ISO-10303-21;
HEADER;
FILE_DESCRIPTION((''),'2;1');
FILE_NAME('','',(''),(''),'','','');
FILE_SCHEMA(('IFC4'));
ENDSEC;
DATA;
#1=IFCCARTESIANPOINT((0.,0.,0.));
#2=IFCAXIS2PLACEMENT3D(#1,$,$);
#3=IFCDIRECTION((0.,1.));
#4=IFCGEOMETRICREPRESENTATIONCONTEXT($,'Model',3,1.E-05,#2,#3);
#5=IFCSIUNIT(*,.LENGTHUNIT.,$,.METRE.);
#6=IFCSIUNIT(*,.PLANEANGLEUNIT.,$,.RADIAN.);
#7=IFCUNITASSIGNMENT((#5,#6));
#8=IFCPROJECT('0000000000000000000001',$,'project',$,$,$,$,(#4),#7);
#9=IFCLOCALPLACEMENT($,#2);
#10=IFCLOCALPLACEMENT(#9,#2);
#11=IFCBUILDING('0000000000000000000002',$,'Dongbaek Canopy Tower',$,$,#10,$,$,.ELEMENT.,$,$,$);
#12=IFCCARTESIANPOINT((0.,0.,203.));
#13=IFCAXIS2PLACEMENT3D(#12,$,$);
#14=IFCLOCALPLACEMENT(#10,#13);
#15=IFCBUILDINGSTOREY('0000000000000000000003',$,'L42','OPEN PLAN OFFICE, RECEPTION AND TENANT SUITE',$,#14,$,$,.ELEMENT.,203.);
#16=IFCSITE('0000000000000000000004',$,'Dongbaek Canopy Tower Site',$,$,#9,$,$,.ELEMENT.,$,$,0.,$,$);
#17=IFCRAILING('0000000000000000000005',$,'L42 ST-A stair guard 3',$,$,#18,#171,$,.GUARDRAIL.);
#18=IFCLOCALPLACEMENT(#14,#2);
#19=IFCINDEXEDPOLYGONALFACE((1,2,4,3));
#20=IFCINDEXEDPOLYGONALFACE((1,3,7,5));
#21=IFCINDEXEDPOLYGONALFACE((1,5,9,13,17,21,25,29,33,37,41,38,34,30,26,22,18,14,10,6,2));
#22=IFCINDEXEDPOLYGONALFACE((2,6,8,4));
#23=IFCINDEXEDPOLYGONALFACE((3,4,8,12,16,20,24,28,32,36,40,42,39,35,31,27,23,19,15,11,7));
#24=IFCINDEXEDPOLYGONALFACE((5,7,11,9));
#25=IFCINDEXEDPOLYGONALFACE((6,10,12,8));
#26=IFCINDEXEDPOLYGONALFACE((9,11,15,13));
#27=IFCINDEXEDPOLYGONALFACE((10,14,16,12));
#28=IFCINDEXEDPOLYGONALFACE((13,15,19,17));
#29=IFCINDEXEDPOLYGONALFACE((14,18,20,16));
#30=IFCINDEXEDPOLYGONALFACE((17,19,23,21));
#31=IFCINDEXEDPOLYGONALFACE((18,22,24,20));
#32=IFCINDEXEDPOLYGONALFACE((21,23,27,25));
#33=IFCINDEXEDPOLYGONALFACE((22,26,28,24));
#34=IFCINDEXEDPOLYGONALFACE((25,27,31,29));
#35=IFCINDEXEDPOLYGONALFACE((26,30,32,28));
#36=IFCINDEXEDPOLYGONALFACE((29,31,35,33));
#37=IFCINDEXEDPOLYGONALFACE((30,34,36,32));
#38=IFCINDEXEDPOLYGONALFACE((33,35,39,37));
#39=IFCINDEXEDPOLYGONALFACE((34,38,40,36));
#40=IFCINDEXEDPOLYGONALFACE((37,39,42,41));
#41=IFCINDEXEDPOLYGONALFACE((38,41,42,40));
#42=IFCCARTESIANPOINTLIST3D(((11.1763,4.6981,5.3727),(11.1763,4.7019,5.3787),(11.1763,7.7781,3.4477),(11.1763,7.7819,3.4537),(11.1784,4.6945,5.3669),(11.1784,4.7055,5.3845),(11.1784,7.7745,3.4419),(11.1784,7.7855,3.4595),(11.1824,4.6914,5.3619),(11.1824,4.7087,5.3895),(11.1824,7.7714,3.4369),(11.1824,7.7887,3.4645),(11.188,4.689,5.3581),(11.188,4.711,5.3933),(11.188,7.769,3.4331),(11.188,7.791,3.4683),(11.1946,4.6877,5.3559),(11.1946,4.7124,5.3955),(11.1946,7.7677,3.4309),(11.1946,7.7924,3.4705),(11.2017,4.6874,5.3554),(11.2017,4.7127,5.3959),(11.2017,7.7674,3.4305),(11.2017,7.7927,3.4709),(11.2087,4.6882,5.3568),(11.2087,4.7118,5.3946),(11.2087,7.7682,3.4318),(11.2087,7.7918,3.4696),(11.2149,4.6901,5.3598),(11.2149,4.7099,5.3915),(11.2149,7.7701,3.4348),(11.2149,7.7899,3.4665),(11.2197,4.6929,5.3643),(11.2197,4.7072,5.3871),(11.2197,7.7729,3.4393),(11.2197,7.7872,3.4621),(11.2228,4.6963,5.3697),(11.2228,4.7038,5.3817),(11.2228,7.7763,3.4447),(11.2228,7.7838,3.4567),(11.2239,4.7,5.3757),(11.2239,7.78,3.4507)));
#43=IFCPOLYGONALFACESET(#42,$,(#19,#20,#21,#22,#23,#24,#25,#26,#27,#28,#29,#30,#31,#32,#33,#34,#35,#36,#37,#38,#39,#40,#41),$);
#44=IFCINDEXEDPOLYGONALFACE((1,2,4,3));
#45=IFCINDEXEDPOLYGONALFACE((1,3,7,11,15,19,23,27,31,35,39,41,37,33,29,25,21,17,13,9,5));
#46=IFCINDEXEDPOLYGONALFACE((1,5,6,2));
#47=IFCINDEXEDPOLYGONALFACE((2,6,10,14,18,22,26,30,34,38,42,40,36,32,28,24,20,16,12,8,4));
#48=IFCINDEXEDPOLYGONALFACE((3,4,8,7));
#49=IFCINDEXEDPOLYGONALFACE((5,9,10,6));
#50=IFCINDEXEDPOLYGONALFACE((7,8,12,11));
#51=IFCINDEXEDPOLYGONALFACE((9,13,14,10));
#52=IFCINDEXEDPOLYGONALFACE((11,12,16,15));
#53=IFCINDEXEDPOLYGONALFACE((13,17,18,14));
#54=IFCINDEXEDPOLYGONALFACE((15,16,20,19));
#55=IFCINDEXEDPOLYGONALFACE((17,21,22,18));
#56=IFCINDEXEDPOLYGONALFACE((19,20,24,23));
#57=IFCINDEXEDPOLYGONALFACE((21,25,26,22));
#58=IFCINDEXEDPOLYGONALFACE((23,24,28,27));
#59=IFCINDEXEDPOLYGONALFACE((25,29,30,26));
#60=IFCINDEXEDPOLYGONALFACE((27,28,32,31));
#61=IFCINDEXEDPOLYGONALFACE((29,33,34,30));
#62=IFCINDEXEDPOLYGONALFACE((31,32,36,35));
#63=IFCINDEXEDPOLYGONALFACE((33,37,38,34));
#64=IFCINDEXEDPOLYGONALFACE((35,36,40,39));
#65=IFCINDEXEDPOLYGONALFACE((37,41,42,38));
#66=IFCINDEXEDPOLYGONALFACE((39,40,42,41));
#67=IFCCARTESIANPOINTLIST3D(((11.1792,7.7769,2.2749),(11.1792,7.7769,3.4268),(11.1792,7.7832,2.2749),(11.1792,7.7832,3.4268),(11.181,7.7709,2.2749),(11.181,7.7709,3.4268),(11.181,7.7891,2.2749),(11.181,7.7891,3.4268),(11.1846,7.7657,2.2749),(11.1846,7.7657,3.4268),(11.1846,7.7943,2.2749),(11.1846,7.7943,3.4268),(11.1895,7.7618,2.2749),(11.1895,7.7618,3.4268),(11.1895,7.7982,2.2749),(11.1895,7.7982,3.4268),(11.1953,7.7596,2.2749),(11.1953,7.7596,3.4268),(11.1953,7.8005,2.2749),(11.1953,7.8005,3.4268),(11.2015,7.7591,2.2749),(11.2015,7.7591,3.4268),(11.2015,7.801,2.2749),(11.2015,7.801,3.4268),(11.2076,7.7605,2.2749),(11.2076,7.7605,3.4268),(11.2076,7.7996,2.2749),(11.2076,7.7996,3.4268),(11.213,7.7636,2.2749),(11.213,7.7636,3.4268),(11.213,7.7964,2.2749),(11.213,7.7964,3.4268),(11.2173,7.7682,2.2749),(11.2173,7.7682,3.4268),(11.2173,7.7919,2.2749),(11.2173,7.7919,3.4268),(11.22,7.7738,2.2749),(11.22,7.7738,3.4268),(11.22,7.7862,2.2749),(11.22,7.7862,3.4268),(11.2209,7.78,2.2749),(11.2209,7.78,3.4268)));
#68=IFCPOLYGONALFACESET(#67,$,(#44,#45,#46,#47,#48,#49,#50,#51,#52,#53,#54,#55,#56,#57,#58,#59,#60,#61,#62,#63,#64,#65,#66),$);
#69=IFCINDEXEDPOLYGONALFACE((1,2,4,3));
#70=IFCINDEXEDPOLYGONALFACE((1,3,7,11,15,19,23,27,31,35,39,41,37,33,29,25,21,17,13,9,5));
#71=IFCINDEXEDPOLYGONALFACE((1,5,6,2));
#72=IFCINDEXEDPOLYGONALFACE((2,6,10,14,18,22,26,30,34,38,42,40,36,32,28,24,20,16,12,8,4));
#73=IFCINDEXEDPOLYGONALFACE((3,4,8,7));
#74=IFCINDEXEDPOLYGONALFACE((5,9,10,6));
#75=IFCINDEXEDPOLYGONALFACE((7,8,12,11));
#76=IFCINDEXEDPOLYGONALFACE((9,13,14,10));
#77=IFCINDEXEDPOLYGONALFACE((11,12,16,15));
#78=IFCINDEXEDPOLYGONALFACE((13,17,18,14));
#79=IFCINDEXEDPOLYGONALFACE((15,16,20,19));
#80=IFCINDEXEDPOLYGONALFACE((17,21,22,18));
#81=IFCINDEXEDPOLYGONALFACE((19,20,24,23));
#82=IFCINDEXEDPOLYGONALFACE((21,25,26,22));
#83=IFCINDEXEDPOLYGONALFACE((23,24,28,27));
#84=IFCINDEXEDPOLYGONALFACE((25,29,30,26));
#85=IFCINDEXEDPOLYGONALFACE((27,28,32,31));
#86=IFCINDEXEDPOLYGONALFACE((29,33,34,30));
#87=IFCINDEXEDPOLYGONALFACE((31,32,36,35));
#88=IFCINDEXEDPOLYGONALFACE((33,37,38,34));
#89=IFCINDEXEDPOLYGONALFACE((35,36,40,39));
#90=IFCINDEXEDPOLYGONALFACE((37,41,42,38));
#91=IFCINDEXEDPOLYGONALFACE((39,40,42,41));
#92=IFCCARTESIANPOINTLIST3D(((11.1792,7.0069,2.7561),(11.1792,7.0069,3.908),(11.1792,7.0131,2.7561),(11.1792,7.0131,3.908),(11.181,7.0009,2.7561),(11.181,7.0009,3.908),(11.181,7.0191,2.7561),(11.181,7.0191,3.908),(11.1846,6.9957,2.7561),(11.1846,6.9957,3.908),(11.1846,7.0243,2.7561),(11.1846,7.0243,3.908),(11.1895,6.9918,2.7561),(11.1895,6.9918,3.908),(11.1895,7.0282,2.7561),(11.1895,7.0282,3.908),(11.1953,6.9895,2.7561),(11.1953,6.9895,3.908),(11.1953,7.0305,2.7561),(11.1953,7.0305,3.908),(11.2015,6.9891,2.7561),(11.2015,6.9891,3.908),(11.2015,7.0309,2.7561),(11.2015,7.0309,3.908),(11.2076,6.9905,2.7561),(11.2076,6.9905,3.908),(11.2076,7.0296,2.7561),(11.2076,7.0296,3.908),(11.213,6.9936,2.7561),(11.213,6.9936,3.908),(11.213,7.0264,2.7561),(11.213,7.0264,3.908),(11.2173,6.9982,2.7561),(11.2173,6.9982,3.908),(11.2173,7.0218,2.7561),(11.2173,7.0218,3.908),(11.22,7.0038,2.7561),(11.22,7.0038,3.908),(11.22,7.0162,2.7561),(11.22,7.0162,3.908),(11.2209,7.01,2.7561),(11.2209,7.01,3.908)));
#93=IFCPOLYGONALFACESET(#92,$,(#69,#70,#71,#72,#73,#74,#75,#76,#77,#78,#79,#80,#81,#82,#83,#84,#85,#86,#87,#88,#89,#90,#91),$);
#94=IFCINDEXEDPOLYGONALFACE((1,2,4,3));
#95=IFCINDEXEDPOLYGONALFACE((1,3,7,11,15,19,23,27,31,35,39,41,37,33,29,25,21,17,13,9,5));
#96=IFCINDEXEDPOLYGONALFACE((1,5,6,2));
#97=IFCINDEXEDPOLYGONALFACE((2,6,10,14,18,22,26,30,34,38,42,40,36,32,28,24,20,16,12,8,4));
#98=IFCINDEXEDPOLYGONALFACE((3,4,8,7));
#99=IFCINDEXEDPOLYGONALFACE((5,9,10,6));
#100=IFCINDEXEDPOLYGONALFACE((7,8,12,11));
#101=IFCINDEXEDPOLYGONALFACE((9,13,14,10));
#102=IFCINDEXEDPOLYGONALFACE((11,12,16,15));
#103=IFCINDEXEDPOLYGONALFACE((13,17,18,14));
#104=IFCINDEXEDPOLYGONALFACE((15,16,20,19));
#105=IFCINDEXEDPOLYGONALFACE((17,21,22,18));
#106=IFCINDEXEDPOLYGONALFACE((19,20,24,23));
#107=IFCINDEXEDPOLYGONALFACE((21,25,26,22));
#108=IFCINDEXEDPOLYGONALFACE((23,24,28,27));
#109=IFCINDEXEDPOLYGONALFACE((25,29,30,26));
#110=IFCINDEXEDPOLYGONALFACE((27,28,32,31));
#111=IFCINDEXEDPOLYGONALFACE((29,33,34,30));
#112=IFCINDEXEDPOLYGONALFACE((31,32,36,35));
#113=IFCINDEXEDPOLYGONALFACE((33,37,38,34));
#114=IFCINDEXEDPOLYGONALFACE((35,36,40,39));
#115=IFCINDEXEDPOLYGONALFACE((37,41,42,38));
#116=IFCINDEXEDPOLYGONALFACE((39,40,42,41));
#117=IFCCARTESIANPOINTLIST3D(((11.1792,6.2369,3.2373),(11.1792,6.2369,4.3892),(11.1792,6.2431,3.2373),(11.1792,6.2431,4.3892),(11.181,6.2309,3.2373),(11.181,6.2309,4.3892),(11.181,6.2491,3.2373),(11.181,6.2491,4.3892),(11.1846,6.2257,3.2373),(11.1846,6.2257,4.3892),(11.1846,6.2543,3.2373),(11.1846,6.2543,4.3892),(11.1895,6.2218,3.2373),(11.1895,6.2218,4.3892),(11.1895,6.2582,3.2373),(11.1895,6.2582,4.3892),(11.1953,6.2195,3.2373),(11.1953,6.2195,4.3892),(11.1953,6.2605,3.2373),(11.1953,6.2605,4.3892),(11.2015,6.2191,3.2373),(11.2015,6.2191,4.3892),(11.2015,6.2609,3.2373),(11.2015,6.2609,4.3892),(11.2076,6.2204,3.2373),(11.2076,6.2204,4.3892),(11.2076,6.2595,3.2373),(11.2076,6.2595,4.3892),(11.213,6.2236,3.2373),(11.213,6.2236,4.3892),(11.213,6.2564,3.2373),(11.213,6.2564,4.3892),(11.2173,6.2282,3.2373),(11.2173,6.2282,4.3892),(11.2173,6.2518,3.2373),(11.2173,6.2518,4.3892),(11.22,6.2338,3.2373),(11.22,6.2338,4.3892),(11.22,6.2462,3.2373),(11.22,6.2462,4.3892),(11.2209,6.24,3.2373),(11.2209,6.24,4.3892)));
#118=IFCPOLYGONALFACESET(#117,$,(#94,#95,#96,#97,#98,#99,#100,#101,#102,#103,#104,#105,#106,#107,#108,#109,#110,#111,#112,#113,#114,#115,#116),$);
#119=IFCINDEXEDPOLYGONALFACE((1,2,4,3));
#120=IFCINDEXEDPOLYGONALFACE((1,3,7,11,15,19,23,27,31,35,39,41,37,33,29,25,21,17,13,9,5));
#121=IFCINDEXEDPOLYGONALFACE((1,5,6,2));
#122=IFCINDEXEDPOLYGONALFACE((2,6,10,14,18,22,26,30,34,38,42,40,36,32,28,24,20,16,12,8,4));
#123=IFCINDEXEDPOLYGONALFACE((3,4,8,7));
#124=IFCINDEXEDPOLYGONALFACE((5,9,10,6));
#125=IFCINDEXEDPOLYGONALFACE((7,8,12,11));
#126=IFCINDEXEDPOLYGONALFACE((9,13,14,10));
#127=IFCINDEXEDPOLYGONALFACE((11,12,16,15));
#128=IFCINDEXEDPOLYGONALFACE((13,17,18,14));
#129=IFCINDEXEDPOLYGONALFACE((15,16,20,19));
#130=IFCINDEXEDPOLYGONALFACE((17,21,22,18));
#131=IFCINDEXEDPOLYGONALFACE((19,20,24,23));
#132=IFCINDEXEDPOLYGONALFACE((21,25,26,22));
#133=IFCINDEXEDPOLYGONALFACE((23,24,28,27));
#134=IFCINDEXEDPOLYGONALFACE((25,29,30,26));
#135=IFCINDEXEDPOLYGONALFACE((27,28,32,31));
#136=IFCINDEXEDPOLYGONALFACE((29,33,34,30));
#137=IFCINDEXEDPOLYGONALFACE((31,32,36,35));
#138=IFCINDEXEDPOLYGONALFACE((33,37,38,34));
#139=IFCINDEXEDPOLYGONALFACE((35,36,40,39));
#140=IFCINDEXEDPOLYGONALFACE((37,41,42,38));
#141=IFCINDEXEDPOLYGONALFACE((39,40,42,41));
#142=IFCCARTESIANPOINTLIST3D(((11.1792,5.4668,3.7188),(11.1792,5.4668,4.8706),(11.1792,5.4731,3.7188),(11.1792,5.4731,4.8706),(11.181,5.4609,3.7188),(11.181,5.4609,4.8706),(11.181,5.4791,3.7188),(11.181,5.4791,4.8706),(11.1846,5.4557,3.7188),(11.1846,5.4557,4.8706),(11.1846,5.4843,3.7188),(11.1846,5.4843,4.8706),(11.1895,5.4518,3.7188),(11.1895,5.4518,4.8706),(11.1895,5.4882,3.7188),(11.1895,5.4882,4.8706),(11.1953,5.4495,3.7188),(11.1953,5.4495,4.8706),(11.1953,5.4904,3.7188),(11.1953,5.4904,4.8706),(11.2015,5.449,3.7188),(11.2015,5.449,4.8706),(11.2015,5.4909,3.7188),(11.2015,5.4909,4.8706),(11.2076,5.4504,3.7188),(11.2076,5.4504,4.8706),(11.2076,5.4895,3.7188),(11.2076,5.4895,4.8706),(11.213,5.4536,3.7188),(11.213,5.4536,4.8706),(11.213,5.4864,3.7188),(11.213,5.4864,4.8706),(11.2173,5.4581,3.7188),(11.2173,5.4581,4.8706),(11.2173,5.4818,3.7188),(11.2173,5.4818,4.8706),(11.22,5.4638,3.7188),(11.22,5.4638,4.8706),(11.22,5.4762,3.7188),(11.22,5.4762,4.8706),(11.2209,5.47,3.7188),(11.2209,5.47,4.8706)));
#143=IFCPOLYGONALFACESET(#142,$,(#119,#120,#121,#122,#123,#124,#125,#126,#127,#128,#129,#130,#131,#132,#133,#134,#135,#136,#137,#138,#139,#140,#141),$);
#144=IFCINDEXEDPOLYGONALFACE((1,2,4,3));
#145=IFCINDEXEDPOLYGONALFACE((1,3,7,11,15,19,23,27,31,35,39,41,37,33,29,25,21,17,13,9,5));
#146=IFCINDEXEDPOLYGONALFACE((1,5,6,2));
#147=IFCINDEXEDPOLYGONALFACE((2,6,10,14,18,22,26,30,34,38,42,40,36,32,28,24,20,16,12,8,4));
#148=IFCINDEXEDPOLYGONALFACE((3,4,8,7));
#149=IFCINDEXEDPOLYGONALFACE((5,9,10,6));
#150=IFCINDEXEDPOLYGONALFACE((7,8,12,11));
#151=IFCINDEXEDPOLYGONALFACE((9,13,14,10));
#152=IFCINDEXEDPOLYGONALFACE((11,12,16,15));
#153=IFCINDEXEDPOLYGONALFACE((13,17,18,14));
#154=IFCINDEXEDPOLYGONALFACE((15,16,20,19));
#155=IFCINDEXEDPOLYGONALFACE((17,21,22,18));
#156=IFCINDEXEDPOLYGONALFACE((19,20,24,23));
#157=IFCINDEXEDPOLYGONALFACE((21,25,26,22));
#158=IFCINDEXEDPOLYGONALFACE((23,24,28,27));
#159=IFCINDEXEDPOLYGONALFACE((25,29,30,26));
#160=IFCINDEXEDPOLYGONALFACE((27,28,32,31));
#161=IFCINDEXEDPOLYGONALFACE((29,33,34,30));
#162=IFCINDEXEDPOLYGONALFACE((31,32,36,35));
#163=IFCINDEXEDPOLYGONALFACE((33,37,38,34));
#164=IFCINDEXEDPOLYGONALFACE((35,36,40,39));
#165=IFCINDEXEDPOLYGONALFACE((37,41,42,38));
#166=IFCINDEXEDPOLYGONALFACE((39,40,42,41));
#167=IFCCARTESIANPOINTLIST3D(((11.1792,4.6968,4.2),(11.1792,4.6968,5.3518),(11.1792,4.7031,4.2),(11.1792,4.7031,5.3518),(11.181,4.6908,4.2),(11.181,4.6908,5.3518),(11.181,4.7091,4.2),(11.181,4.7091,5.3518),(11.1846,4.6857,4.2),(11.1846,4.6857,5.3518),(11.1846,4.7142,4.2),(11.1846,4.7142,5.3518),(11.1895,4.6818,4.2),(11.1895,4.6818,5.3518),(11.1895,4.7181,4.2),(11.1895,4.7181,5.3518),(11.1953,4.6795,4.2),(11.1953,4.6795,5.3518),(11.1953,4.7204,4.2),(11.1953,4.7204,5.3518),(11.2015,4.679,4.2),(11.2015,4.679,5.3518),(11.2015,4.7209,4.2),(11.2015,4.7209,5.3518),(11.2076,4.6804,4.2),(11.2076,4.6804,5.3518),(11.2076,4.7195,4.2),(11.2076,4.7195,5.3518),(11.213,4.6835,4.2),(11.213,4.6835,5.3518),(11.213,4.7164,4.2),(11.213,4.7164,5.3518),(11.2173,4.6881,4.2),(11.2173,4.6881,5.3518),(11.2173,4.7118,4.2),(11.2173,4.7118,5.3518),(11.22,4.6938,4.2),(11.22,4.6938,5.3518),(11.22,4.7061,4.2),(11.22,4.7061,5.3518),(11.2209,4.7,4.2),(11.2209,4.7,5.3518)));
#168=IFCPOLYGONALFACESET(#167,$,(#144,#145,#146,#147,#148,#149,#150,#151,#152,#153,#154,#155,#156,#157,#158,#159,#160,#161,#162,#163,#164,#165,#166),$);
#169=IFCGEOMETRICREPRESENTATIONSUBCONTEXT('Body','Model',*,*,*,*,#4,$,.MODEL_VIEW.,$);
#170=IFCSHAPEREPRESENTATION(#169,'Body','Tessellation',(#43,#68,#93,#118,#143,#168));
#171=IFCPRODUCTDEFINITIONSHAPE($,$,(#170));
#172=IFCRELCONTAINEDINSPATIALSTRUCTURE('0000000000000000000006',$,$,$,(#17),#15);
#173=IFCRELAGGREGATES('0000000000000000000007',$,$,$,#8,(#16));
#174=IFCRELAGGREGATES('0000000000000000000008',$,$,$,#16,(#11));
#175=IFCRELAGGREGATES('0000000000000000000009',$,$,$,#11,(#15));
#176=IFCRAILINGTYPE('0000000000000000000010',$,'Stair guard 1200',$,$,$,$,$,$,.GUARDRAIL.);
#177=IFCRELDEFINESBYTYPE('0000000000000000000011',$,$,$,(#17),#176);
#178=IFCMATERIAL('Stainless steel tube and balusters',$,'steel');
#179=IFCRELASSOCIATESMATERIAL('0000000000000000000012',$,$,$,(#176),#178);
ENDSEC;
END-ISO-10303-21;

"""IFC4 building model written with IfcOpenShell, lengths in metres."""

from ifc_helpers import new_model, si_unit, direction, frame, origin, origin_2d, place, context, subcontext, project, spatial, circle, extrude, material, type_object, element, save


model = new_model("IFC4")

# Units and contexts
model_context = context("Model", 3, precision=1e-05, world=origin(), true_north=direction((0.0, 1.0)))
body_context = subcontext(model_context, "Body", "Model", "MODEL_VIEW")
ifc_project = project(units=[si_unit("LENGTHUNIT", "METRE"), si_unit("PLANEANGLEUNIT", "RADIAN")], contexts=[model_context])

# Site, building, storey
site_placement = place(None, origin())
site = spatial("IfcSite", under=ifc_project, at=site_placement, Name="Dongbaek Canopy Tower Site", CompositionType="ELEMENT", RefElevation=0.0)
building_placement = place(site_placement, origin())
building = spatial("IfcBuilding", under=site, at=building_placement, Name="Dongbaek Canopy Tower", CompositionType="ELEMENT")
storey_placement = place(building_placement, frame((0.0, 0.0, 203.0)))
storey = spatial("IfcBuildingStorey", under=building, at=storey_placement, Name="L42", Description="OPEN PLAN OFFICE, RECEPTION AND TENANT SUITE", CompositionType="ELEMENT", Elevation=203.0)

# Railing
ifc_material_1 = material(Name="Stainless steel tube and balusters", Category="steel")
railing_type = type_object("IfcRailingType", Name="Stair guard 1200", PredefinedType="GUARDRAIL", material=ifc_material_1)
railing_1_placement = place(storey_placement, frame((11.2, 7.78, 2.2749)))
element("IfcRailing", 1, at=railing_1_placement, inside=storey, type_object=railing_type, Name="L42 ST-A stair guard 3", PredefinedType="GUARDRAIL", context=body_context, shape_type="SweptSolid", body=[
    extrude(circle(Radius=0.0239, at=origin_2d()), frame((0.0, 0.0, 1.1758), z_axis=(0.0, -0.847998, 0.529999), x_axis=(1.0, 0.0, 0.0)), (0.0, 0.0, 1.0), 3.6321),
    extrude(circle(Radius=0.021, at=origin_2d()), origin(), (0.0, 0.0, 1.0), 1.1519),
    extrude(circle(Radius=0.021, at=origin_2d()), frame((0.0, -0.77, 0.4812)), (0.0, 0.0, 1.0), 1.1519),
    extrude(circle(Radius=0.021, at=origin_2d()), frame((0.0, -1.54, 0.9624)), (0.0, 0.0, 1.0), 1.1519),
    extrude(circle(Radius=0.021, at=origin_2d()), frame((0.0, -2.3101, 1.4438)), (0.0, 0.0, 1.0), 1.1519),
    extrude(circle(Radius=0.021, at=origin_2d()), frame((0.0, -3.0801, 1.925)), (0.0, 0.0, 1.0), 1.1519),
])

save(model, "model.ifc")
